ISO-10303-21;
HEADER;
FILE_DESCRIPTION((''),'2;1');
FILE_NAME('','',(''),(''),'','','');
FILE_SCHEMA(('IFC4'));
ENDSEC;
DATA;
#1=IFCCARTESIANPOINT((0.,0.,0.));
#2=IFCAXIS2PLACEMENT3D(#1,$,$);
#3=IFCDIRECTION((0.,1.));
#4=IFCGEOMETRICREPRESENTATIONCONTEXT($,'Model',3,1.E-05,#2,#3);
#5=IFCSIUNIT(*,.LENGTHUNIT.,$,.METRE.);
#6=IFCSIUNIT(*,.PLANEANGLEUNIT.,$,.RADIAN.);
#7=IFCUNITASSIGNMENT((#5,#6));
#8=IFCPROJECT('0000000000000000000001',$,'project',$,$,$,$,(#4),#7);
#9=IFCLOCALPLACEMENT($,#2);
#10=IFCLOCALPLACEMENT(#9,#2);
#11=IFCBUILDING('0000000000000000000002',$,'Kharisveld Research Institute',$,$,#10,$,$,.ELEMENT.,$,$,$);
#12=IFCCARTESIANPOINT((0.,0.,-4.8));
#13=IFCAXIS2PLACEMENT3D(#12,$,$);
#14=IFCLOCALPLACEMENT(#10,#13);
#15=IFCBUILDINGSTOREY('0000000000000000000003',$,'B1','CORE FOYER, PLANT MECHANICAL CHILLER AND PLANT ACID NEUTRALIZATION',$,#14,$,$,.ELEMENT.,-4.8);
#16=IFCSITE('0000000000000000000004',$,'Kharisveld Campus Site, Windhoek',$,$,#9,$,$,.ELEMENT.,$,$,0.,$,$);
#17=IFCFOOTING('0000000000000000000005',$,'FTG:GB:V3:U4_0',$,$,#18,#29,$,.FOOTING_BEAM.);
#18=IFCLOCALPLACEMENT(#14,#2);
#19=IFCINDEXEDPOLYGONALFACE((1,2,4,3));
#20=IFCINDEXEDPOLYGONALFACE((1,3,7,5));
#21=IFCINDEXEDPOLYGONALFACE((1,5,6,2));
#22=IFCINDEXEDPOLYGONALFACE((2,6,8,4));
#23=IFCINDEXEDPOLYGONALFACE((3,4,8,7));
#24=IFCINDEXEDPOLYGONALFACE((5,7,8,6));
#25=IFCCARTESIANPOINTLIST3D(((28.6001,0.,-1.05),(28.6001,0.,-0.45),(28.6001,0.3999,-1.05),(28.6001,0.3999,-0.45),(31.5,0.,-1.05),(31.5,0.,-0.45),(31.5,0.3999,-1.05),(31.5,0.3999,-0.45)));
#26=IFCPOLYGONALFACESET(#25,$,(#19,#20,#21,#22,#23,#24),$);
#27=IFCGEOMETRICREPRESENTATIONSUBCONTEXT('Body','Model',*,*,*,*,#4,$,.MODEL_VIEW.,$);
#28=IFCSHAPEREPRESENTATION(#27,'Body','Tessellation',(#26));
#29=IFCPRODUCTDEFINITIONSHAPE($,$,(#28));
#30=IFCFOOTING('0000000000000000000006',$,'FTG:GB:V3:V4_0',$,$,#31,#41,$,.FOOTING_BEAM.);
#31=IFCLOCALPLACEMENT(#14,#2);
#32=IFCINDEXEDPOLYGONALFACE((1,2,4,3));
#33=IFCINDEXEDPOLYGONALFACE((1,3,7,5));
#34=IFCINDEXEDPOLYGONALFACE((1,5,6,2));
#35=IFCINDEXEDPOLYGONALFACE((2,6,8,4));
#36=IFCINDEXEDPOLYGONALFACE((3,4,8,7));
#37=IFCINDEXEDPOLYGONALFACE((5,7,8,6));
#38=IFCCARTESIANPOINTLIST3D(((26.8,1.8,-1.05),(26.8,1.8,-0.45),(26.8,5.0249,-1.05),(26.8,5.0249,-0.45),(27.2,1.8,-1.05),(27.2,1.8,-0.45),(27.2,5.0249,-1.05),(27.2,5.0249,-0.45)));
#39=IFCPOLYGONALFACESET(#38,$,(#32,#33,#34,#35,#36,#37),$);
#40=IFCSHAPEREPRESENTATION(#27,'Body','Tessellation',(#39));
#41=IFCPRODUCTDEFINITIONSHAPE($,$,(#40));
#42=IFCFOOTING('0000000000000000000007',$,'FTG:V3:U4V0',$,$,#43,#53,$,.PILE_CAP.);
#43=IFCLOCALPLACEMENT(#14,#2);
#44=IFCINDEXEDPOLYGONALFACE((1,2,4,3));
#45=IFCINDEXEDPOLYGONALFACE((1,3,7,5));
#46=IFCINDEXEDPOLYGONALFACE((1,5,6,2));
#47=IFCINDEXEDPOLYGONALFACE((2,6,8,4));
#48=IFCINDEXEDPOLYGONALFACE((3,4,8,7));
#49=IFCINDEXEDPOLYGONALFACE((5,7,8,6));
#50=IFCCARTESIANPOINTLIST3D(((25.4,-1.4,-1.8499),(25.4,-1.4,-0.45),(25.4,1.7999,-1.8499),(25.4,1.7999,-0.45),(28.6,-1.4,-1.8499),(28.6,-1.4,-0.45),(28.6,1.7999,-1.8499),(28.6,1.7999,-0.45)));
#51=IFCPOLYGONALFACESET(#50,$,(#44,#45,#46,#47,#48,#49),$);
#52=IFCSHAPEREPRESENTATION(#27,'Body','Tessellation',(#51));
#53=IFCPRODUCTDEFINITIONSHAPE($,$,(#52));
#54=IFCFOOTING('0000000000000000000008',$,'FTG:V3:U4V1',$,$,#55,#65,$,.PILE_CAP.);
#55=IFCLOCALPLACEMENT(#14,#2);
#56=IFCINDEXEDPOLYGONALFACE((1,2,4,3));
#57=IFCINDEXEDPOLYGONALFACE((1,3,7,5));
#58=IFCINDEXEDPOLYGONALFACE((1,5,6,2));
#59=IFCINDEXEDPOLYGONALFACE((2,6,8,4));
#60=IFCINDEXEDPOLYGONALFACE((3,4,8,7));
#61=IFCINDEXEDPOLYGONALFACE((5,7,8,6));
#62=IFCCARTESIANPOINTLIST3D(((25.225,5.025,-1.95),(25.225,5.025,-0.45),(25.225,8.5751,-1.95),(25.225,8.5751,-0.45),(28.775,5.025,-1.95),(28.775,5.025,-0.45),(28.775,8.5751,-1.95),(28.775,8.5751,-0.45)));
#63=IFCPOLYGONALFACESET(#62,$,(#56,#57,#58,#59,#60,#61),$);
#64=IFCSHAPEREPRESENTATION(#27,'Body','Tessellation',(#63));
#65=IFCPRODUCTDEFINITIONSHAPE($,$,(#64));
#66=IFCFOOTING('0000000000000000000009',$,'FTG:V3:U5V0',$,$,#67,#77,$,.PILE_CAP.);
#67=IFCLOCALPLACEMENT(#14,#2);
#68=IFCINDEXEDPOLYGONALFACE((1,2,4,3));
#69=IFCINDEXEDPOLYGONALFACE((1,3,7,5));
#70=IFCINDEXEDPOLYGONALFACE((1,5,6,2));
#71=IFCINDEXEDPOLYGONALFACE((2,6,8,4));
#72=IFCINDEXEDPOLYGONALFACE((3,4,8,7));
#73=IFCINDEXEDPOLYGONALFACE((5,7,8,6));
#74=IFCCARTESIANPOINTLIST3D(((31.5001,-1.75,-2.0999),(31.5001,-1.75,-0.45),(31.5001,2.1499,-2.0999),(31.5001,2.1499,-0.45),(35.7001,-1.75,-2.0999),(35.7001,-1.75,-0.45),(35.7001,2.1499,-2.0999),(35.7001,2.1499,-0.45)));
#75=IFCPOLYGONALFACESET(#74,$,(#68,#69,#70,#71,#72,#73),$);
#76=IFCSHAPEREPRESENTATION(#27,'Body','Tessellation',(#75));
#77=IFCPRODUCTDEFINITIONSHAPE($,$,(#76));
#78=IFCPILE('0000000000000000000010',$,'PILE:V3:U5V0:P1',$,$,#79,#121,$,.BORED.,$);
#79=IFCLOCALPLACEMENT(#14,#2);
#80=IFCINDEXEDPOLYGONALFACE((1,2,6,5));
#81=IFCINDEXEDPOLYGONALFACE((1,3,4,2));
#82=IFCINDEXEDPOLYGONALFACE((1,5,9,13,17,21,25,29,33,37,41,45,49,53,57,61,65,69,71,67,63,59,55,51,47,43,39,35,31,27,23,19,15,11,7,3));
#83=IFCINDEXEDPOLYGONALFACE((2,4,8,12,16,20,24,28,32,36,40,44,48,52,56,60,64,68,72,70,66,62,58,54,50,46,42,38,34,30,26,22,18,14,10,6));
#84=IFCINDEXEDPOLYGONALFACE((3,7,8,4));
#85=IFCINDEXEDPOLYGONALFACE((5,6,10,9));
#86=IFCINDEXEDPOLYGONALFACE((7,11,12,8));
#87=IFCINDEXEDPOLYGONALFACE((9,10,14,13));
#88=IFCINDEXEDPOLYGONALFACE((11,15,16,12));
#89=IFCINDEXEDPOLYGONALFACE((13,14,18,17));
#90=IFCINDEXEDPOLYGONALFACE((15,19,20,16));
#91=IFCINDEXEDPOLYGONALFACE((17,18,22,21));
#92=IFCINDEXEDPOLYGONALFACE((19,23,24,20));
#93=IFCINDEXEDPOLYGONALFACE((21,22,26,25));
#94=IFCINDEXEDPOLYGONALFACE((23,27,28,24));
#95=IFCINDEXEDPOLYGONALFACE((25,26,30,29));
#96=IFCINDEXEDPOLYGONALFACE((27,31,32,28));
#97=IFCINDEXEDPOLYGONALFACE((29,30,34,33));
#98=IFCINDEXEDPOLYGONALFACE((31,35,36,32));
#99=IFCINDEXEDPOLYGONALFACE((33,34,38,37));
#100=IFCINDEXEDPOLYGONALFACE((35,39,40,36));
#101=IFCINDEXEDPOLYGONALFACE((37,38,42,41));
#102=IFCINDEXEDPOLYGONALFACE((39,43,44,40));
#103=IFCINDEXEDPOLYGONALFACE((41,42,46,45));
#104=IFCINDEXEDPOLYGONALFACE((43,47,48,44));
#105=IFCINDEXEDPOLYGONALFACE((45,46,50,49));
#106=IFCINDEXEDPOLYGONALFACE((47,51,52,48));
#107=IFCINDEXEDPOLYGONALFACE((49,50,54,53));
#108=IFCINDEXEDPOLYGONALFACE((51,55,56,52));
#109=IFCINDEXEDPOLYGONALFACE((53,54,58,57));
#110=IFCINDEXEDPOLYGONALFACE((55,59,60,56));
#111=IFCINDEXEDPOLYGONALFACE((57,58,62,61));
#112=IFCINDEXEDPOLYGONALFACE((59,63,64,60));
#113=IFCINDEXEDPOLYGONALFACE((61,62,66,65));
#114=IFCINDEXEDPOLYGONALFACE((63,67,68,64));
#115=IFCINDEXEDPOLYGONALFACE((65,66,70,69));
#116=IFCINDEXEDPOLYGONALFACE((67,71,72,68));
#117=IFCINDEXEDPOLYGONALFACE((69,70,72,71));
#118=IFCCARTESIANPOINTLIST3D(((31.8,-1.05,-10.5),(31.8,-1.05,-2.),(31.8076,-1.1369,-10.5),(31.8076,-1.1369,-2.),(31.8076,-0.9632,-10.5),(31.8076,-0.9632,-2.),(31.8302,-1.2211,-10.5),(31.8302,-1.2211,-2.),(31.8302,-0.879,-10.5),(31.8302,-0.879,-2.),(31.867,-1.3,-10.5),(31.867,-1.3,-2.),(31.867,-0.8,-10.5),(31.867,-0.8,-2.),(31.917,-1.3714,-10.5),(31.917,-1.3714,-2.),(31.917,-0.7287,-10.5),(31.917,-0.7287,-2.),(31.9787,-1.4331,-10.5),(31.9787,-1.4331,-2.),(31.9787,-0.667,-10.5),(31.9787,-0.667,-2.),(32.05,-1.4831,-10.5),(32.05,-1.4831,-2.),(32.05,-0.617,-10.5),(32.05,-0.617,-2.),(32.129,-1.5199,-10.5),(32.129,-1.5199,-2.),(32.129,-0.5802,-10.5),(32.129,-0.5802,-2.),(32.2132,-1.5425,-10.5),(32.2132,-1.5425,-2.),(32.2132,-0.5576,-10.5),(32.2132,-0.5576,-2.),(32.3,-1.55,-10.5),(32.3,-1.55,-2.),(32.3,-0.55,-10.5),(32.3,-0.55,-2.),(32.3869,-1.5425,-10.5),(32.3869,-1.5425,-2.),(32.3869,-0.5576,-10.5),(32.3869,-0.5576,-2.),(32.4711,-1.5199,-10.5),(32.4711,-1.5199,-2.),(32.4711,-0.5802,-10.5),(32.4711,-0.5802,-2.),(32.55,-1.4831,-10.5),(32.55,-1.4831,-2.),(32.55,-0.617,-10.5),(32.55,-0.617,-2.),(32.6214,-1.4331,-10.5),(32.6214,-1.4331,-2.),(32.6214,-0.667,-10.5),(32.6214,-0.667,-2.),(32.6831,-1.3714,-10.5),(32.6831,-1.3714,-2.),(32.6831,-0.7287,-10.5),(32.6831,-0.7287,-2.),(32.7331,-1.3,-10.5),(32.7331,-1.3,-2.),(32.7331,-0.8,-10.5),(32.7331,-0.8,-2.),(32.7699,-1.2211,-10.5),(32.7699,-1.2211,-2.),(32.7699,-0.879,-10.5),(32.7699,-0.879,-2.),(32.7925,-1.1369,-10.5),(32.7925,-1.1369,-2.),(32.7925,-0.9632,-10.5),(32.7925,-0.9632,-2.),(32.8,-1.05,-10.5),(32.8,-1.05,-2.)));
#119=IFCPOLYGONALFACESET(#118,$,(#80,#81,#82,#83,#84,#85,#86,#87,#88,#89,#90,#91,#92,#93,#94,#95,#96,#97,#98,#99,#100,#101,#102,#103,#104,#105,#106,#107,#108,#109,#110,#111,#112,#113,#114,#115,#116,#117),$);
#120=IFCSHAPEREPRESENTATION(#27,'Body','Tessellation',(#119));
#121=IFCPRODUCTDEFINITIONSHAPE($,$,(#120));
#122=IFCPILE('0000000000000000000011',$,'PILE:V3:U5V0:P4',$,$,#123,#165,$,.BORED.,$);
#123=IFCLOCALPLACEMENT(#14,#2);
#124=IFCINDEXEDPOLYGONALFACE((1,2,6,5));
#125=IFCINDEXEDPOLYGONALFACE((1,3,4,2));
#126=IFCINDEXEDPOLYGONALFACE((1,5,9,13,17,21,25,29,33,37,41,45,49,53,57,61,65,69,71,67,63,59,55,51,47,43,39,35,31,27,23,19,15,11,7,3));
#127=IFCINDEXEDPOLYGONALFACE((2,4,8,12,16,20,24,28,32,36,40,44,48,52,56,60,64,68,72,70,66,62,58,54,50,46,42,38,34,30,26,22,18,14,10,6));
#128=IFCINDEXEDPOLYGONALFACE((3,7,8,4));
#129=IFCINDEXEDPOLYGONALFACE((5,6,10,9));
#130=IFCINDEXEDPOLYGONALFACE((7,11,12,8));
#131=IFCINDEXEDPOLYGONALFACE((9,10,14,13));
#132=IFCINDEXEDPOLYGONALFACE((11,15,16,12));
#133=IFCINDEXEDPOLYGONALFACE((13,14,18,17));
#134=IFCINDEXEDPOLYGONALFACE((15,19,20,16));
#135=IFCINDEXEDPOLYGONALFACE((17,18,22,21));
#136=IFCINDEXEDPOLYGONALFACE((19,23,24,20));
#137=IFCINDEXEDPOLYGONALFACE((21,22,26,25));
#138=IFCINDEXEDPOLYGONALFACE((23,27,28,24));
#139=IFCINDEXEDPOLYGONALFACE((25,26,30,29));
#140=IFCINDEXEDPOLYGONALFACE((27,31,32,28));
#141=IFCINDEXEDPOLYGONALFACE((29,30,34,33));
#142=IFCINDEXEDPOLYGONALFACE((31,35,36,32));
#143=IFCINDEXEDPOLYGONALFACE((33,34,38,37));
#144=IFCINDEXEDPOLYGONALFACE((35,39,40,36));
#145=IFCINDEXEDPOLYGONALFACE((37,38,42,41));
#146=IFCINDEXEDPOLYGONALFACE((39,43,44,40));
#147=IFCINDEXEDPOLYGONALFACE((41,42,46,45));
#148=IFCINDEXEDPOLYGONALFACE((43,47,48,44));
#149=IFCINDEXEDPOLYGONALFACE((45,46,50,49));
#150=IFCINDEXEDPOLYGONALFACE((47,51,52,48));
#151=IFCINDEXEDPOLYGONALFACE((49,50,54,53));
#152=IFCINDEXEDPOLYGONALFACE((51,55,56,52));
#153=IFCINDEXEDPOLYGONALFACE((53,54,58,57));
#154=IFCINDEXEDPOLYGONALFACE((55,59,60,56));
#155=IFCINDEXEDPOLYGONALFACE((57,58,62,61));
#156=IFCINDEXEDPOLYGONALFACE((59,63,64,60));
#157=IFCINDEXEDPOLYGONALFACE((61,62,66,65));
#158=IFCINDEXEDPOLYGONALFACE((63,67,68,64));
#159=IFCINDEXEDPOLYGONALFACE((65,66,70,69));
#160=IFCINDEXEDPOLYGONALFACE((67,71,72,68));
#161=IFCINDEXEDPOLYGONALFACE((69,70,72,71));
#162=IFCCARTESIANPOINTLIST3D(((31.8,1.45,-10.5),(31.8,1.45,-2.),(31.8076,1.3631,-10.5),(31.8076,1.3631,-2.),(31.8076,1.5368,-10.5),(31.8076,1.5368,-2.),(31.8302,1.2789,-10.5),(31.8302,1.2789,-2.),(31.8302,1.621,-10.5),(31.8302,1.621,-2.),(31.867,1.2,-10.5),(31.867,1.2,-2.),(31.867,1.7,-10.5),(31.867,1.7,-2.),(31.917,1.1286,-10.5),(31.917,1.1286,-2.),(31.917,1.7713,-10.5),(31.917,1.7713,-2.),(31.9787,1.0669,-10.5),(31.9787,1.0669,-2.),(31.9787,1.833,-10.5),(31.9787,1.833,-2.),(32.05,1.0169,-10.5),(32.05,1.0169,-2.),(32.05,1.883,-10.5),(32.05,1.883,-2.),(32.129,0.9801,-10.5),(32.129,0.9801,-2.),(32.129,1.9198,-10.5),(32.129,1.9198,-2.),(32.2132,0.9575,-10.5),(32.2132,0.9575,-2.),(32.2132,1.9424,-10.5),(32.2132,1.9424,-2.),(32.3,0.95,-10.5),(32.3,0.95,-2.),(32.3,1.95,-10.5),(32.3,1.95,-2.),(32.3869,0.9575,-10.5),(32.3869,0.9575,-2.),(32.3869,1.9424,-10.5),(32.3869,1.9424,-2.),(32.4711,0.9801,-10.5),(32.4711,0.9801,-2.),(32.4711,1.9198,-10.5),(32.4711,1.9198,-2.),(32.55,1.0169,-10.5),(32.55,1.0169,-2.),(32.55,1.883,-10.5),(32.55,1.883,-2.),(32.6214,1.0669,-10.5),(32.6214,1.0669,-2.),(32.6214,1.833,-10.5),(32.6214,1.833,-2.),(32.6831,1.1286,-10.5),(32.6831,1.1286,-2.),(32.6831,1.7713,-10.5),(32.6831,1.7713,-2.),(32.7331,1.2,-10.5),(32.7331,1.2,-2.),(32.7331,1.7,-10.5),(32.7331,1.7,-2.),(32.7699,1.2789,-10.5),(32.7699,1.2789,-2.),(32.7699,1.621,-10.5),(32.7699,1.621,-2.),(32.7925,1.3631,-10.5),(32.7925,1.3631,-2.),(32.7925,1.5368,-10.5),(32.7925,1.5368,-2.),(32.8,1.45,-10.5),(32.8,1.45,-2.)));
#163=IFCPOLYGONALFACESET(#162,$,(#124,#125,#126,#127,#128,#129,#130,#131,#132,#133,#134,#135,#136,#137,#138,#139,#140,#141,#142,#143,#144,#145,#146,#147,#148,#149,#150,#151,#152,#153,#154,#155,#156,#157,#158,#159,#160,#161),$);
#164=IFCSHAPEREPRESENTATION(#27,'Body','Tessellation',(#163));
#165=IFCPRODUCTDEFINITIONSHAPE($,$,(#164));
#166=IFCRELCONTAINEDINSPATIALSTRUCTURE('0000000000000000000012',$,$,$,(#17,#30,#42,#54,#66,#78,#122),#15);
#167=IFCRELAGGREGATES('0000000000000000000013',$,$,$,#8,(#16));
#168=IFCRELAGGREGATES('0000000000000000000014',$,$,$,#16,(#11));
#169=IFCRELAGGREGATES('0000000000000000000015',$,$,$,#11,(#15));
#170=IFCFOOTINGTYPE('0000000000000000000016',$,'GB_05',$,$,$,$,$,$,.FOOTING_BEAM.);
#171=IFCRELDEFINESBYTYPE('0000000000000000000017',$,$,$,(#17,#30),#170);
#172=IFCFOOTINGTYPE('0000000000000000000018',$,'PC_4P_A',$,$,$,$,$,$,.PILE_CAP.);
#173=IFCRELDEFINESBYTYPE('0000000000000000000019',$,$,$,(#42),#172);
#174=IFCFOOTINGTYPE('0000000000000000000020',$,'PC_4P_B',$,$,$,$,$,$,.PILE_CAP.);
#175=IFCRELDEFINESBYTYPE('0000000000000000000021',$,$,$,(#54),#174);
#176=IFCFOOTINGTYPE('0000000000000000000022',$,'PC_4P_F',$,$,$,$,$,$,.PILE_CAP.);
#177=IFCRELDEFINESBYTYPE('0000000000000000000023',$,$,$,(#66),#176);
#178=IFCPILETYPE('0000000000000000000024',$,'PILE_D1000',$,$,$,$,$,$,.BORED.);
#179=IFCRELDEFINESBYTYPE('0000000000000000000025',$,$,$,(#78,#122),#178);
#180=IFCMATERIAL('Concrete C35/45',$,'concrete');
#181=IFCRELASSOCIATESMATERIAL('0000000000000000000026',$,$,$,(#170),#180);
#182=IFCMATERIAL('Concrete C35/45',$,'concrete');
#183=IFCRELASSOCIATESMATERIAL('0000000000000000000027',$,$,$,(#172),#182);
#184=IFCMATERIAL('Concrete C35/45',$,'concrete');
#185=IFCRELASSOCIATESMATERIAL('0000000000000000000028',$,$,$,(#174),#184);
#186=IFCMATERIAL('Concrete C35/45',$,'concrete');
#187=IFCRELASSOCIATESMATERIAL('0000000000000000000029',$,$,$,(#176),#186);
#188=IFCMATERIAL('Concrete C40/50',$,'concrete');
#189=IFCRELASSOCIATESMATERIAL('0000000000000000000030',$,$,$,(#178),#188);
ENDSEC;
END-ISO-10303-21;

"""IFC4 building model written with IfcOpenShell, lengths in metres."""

from ifc_helpers import new_model, si_unit, direction, frame, origin, origin_2d, place, context, subcontext, project, spatial, rectangle, circle, extrude, material, material_profile, profile_set, type_object, element, save


model = new_model("IFC4")

# Units and contexts
model_context = context("Model", 3, precision=1e-05, world=origin(), true_north=direction((0.0, 1.0)))
body_context = subcontext(model_context, "Body", "Model", "MODEL_VIEW")
ifc_project = project(units=[si_unit("LENGTHUNIT", "METRE"), si_unit("PLANEANGLEUNIT", "RADIAN")], contexts=[model_context])

# Site, building, storey
site_placement = place(None, origin())
site = spatial("IfcSite", under=ifc_project, at=site_placement, Name="Kharisveld Campus Site, Windhoek", CompositionType="ELEMENT", RefElevation=0.0)
building_placement = place(site_placement, origin())
building = spatial("IfcBuilding", under=site, at=building_placement, Name="Kharisveld Research Institute", CompositionType="ELEMENT")
storey_placement = place(building_placement, frame((0.0, 0.0, -4.8)))
storey = spatial("IfcBuildingStorey", under=building, at=storey_placement, Name="B1", Description="CORE FOYER, PLANT MECHANICAL CHILLER AND PLANT ACID NEUTRALIZATION", CompositionType="ELEMENT", Elevation=-4.8)

# Footings
ifc_material_1 = material(Name="Concrete C35/45", Category="concrete")
ifc_material_profile_1 = material_profile(ifc_material_1, rectangle(XDim=0.3999, YDim=0.6001, at=origin_2d()))
ifc_profile_set_1 = profile_set([ifc_material_profile_1], Name="Concrete C35/45")
footing_type_1 = type_object("IfcFootingType", Name="GB_05", PredefinedType="FOOTING_BEAM", material=ifc_profile_set_1)
footing_1_placement = place(storey_placement, frame((28.6001, 0.2, -0.75), z_axis=(1.0, 0.0, 0.0), x_axis=(0.0, 1.0, 0.0)))
element("IfcFooting", 1, at=footing_1_placement, inside=storey, type_object=footing_type_1, Name="FTG:GB:V3:U4_0", PredefinedType="FOOTING_BEAM", context=body_context, shape_type="SweptSolid", body=[
    extrude(rectangle(XDim=0.3999, YDim=0.6001, at=origin_2d()), origin(), (0.0, 0.0, 1.0), 2.8999),
])
footing_2_placement = place(storey_placement, frame((27.0, 1.8, -0.75), z_axis=(0.0, 1.0, 0.0), x_axis=(-1.0, 0.0, 0.0)))
element("IfcFooting", 2, at=footing_2_placement, inside=storey, type_object=footing_type_1, Name="FTG:GB:V3:V4_0", PredefinedType="FOOTING_BEAM", context=body_context, shape_type="SweptSolid", body=[
    extrude(rectangle(XDim=0.3999, YDim=0.6001, at=origin_2d()), origin(), (0.0, 0.0, 1.0), 3.2249),
])
ifc_material_2 = material(Name="Concrete C35/45", Category="concrete")
footing_type_2 = type_object("IfcFootingType", Name="PC_4P_A", PredefinedType="PILE_CAP", material=ifc_material_2)
footing_3_placement = place(storey_placement, frame((27.0, 0.2, -1.8499), z_axis=(0.0, 0.0, 1.0), x_axis=(1.0, 0.0, 0.0)))
element("IfcFooting", 3, at=footing_3_placement, inside=storey, type_object=footing_type_2, Name="FTG:V3:U4V0", PredefinedType="PILE_CAP", context=body_context, shape_type="SweptSolid", body=[
    extrude(rectangle(XDim=3.2, YDim=3.2, at=origin_2d()), origin(), (0.0, 0.0, 1.0), 1.3999),
])
ifc_material_3 = material(Name="Concrete C35/45", Category="concrete")
footing_type_3 = type_object("IfcFootingType", Name="PC_4P_B", PredefinedType="PILE_CAP", material=ifc_material_3)
footing_4_placement = place(storey_placement, frame((27.0, 6.8, -1.95), z_axis=(0.0, 0.0, 1.0), x_axis=(1.0, 0.0, 0.0)))
element("IfcFooting", 4, at=footing_4_placement, inside=storey, type_object=footing_type_3, Name="FTG:V3:U4V1", PredefinedType="PILE_CAP", context=body_context, shape_type="SweptSolid", body=[
    extrude(rectangle(XDim=3.55, YDim=3.55, at=origin_2d()), origin(), (0.0, 0.0, 1.0), 1.5),
])
ifc_material_4 = material(Name="Concrete C35/45", Category="concrete")
footing_type_4 = type_object("IfcFootingType", Name="PC_4P_F", PredefinedType="PILE_CAP", material=ifc_material_4)
footing_5_placement = place(storey_placement, frame((33.6001, 0.2, -2.0999), z_axis=(0.0, 0.0, 1.0), x_axis=(1.0, 0.0, 0.0)))
element("IfcFooting", 5, at=footing_5_placement, inside=storey, type_object=footing_type_4, Name="FTG:V3:U5V0", PredefinedType="PILE_CAP", context=body_context, shape_type="SweptSolid", body=[
    extrude(rectangle(XDim=4.2, YDim=3.8999, at=origin_2d()), origin(), (0.0, 0.0, 1.0), 1.6499),
])

# Piles
ifc_material_5 = material(Name="Concrete C40/50", Category="concrete")
ifc_material_profile_2 = material_profile(ifc_material_5, circle(Radius=0.5, at=origin_2d()))
ifc_profile_set_2 = profile_set([ifc_material_profile_2], Name="Concrete C40/50")
pile_type_1 = type_object("IfcPileType", Name="PILE_D1000", PredefinedType="BORED", material=ifc_profile_set_2)
for number, where, z_axis, x_axis, name in (
    (6, (32.3, -1.05, -2.0), (0.0, 0.0, -1.0), (1.0, 0.0, 0.0), "PILE:V3:U5V0:P1"),
    (7, (32.3, 1.45, -2.0), (0.0, 0.0, -1.0), (1.0, 0.0, 0.0), "PILE:V3:U5V0:P4"),
):
    element("IfcPile", number, at=place(storey_placement, frame(where, z_axis=z_axis, x_axis=x_axis)), inside=storey, type_object=pile_type_1, Name=name, PredefinedType="BORED", context=body_context, shape_type="SweptSolid", body=[
        extrude(circle(Radius=0.5, at=origin_2d()), origin(), (0.0, 0.0, 1.0), 8.5),
    ])

save(model, "model.ifc")
